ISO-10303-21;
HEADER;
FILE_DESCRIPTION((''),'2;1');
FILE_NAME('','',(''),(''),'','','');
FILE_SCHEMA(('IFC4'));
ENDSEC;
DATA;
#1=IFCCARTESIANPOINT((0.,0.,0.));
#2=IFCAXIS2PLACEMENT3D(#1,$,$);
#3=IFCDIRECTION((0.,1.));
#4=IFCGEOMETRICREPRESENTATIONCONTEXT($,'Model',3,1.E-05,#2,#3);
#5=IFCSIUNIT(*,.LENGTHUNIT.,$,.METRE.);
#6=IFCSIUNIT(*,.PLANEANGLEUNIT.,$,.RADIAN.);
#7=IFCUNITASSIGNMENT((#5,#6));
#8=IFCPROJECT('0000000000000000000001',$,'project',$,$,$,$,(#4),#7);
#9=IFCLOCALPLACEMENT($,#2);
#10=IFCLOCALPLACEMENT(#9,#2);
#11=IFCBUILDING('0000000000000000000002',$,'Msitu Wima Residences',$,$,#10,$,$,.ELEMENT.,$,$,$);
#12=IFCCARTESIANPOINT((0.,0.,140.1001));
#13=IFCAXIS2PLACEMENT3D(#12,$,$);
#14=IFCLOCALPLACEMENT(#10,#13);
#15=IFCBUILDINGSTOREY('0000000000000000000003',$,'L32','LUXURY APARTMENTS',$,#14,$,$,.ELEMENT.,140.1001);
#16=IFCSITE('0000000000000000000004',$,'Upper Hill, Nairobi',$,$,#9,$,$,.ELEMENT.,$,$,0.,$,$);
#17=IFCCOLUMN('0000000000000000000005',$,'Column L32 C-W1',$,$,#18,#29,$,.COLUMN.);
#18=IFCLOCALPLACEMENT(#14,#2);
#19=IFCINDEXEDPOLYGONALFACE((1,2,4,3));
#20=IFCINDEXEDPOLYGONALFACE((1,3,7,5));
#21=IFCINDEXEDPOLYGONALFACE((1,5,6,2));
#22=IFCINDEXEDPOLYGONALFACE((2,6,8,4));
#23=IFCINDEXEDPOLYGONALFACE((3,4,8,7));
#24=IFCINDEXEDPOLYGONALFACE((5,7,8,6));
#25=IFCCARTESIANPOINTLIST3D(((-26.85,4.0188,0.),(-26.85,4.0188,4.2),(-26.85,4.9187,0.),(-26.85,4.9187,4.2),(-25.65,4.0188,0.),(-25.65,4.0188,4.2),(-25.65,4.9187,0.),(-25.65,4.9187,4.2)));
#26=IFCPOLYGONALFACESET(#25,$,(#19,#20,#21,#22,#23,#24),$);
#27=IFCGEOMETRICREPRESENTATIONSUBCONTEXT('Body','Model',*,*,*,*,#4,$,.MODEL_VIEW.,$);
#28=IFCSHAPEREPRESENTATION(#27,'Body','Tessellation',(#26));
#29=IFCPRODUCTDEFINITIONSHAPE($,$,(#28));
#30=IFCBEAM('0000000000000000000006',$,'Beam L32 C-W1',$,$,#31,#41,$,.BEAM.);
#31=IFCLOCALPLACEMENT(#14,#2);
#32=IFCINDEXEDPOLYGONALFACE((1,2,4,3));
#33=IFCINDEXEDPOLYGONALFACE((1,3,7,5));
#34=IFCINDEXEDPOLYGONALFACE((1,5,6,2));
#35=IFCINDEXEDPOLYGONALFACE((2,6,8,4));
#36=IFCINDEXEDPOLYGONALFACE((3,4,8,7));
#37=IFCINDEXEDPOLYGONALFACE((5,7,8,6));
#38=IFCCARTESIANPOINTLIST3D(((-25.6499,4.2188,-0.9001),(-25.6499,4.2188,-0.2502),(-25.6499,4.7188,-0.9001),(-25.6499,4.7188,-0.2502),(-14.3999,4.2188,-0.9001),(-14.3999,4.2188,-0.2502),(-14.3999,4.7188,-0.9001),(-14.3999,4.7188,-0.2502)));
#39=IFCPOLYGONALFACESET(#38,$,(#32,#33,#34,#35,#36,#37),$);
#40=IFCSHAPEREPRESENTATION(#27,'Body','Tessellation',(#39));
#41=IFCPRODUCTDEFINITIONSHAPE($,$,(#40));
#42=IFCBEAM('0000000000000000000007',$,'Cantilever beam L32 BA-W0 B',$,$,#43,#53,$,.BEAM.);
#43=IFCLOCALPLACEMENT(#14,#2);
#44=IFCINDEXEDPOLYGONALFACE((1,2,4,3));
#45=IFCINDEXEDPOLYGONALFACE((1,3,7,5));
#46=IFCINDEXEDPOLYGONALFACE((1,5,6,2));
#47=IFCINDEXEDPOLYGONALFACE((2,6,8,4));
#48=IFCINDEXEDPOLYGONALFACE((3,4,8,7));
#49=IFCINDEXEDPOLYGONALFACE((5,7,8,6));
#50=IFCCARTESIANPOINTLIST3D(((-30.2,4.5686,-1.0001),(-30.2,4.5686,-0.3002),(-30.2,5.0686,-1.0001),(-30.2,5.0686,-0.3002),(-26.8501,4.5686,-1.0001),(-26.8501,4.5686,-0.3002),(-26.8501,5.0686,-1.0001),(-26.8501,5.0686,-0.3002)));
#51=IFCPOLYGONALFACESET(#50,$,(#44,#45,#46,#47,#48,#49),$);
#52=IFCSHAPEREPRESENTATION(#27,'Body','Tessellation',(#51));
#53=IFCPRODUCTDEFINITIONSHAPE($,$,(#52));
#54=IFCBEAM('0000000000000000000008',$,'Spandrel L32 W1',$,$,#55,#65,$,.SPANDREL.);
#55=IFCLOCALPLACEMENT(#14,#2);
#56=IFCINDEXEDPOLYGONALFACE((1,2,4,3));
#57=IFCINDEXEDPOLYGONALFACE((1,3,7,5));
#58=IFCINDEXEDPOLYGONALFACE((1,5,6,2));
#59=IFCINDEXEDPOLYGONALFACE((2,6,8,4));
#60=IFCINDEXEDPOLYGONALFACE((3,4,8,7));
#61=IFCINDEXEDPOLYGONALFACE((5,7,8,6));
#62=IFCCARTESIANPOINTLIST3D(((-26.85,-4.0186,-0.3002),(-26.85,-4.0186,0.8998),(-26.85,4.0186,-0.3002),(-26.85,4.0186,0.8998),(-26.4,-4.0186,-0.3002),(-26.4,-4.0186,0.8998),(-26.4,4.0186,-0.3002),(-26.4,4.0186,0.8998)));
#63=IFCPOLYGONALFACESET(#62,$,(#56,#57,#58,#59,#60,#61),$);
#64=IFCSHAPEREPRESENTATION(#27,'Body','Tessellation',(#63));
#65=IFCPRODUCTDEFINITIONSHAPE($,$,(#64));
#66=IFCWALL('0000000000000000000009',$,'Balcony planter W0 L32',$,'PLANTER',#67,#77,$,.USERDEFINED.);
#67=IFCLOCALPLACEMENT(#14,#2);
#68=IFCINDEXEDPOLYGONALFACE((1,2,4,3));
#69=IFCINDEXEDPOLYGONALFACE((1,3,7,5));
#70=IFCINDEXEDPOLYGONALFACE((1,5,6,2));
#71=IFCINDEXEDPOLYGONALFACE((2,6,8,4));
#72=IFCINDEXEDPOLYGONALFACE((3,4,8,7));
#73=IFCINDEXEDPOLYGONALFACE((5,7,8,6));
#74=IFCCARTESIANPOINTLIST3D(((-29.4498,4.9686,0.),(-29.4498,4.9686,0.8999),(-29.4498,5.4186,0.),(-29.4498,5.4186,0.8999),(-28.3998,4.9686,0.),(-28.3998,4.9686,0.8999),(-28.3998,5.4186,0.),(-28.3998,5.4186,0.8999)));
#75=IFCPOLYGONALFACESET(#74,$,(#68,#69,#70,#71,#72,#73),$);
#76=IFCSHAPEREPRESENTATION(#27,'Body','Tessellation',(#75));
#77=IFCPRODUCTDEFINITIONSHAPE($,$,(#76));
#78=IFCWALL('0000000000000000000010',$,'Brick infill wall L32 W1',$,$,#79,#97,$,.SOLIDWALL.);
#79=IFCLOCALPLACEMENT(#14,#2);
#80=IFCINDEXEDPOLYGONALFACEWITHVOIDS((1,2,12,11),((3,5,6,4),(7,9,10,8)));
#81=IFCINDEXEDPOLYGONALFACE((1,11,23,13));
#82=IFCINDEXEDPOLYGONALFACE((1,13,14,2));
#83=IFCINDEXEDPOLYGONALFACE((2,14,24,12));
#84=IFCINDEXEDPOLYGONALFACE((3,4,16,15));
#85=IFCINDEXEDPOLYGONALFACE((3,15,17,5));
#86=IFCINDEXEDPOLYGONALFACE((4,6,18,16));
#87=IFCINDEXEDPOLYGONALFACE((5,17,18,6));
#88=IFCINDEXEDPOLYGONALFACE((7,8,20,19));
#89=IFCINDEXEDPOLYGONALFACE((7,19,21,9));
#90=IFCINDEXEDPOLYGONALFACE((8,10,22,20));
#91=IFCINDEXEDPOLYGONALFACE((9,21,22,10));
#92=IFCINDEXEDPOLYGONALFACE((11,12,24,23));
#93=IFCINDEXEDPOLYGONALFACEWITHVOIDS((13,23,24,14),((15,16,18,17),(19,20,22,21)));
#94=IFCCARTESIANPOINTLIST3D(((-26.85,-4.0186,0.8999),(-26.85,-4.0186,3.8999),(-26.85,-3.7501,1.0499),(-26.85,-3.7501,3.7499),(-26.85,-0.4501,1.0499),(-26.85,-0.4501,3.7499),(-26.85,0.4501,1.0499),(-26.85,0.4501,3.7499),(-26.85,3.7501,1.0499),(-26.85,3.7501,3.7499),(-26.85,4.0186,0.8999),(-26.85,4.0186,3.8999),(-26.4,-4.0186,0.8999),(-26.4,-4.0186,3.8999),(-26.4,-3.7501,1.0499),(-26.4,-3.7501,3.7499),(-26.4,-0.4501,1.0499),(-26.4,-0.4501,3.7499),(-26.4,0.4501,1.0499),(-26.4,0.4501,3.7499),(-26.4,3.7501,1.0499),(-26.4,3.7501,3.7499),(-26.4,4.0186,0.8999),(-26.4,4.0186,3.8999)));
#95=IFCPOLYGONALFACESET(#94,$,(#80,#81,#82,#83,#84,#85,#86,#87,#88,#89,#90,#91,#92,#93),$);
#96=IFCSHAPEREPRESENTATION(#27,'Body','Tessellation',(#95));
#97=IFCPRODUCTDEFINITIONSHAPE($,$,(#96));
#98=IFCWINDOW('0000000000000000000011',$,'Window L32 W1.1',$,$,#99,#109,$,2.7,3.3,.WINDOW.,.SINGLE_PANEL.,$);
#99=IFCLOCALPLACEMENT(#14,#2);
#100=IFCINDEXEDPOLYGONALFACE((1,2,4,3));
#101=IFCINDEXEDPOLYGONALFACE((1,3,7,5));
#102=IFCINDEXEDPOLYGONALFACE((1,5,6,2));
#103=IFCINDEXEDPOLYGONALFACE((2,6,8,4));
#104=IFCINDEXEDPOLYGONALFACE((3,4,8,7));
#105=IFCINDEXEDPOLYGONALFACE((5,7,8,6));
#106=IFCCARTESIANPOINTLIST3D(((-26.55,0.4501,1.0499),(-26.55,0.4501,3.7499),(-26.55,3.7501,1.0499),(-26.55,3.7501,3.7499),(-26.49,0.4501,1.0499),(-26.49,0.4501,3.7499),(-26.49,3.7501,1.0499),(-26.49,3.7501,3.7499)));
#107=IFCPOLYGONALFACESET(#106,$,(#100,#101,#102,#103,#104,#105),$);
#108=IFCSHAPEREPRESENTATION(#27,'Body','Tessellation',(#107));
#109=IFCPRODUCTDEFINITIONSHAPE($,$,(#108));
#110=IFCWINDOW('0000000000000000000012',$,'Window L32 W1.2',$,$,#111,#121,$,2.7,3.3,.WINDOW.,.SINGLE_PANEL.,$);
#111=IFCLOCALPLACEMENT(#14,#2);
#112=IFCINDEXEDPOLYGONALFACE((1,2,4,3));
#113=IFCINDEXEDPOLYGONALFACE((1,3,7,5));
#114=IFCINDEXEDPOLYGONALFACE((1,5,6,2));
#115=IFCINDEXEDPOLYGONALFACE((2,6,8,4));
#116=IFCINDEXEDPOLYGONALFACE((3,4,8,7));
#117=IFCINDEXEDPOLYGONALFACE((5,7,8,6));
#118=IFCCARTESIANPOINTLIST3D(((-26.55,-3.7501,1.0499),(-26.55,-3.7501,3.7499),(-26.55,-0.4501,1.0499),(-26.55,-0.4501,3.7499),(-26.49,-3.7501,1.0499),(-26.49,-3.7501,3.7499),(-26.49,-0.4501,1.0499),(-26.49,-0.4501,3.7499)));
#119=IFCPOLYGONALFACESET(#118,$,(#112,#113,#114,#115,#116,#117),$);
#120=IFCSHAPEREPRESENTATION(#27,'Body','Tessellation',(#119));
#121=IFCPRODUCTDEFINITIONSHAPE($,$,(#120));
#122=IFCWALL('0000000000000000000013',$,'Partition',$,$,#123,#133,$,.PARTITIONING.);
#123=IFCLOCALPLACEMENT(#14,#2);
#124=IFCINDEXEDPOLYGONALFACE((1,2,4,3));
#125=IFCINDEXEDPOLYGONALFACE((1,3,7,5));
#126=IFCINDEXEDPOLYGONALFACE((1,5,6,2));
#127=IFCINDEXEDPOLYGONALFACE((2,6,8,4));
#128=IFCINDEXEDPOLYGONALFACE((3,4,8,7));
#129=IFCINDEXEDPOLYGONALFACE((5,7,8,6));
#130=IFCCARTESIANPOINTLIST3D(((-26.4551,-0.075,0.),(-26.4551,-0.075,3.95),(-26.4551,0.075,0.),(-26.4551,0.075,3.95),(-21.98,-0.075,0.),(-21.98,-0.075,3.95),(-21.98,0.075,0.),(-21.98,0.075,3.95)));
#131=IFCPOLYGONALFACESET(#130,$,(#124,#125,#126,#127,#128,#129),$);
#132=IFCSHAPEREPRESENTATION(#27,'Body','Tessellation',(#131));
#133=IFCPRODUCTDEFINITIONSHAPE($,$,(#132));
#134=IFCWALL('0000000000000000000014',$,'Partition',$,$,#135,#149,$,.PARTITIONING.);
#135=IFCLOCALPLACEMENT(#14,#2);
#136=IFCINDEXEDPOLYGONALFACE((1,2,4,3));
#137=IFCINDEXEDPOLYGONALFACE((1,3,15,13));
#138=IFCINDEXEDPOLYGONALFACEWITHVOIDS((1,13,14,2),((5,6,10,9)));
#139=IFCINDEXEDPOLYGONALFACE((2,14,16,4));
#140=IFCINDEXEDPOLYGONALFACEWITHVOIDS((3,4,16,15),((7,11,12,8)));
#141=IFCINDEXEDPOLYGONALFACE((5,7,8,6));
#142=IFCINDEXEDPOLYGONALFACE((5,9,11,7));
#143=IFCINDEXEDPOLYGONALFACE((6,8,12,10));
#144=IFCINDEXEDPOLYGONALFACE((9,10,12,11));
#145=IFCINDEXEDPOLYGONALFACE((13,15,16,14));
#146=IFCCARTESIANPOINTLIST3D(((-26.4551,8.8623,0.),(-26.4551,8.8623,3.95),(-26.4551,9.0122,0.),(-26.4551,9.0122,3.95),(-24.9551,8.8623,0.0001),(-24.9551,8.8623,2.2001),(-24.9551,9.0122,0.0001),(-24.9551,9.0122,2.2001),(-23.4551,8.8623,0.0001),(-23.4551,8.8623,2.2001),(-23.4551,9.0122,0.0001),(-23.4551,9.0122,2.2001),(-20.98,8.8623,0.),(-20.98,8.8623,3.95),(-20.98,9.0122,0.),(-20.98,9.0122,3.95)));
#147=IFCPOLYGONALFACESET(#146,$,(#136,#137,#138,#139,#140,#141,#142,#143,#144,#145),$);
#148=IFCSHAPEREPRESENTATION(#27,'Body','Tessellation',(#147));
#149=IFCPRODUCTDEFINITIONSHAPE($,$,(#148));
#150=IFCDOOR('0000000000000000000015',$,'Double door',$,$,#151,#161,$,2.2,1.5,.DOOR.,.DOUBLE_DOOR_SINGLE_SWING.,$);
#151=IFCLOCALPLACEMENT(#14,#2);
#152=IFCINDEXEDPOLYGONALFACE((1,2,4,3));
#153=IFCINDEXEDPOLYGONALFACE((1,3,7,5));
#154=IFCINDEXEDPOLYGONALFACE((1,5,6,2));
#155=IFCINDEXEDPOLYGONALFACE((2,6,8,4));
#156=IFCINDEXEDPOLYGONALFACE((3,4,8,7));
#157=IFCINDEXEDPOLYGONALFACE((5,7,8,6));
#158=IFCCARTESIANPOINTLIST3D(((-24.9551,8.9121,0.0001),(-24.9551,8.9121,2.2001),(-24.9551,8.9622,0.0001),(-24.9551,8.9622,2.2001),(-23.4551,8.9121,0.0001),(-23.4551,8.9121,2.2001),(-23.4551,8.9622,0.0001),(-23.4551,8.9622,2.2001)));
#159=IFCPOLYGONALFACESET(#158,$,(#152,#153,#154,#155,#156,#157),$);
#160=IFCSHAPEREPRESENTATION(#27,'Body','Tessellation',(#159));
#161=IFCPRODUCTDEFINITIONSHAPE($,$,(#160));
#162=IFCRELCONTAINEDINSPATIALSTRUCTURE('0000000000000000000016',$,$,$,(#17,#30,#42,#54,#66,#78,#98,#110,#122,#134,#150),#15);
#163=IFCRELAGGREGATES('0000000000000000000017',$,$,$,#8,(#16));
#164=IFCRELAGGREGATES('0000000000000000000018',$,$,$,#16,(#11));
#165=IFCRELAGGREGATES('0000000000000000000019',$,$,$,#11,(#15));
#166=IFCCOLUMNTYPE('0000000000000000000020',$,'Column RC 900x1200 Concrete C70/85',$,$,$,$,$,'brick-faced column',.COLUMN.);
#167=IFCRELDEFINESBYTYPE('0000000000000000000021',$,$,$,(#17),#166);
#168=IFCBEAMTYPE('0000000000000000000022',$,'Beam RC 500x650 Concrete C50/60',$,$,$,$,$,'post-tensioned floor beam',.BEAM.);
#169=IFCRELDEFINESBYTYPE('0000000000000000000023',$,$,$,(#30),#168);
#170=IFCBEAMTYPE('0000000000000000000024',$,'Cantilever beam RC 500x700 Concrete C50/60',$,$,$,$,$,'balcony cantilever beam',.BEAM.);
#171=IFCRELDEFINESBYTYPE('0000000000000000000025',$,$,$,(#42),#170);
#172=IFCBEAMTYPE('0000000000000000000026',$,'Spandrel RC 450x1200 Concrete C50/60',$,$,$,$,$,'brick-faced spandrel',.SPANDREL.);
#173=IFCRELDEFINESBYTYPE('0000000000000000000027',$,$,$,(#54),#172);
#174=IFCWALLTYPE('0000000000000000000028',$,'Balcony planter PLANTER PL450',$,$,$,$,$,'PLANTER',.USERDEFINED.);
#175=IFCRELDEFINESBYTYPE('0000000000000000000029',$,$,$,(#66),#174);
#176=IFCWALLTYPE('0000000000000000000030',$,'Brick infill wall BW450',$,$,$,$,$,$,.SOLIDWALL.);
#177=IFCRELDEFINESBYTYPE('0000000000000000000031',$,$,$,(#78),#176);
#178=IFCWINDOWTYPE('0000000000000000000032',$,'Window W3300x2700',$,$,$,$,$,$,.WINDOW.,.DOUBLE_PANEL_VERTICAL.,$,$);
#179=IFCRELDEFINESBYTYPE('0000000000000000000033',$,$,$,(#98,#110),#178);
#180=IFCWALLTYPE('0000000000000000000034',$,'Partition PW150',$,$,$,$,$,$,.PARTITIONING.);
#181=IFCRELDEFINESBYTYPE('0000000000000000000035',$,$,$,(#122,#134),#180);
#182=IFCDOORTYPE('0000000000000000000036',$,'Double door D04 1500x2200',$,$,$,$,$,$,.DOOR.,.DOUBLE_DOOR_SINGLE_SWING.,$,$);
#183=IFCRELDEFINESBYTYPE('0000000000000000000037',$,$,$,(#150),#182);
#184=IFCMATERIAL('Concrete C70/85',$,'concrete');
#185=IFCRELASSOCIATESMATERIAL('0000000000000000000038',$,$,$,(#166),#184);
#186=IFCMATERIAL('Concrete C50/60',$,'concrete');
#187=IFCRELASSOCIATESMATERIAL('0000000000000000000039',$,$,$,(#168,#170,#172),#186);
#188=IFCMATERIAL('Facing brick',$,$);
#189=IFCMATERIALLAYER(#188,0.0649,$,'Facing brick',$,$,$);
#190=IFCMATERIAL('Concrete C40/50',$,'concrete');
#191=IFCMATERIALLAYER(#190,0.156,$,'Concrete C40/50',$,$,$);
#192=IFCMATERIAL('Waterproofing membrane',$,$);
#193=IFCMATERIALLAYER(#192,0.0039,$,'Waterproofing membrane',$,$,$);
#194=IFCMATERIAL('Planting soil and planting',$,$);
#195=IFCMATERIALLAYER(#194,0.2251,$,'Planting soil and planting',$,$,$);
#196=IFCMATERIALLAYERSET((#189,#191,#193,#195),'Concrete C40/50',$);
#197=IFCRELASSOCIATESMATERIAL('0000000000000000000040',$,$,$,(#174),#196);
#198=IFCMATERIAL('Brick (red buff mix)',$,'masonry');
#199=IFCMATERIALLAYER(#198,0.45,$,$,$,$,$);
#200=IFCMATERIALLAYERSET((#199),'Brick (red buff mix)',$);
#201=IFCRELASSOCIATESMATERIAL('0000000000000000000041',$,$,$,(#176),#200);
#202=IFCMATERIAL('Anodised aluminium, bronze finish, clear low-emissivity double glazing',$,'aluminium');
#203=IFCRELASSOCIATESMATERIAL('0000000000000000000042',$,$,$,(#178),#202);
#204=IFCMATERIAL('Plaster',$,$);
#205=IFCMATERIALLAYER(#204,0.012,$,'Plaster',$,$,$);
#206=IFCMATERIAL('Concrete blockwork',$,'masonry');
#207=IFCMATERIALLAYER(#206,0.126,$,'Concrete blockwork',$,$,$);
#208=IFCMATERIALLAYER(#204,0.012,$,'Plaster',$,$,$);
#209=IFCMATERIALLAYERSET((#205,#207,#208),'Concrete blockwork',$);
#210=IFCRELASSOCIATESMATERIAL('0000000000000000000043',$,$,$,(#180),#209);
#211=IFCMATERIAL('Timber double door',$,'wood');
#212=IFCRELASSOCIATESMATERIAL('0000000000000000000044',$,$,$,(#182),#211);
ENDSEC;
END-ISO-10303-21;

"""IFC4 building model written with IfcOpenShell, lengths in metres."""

from ifc_helpers import new_model, si_unit, direction, frame, frame_2d, origin, origin_2d, place, context, subcontext, project, spatial, rectangle, extrude, material, layer, layer_set, material_profile, profile_set, type_object, element, fill, save


model = new_model("IFC4")

# Units and contexts
model_context = context("Model", 3, precision=1e-05, world=origin(), true_north=direction((0.0, 1.0)))
body_context = subcontext(model_context, "Body", "Model", "MODEL_VIEW")
ifc_project = project(units=[si_unit("LENGTHUNIT", "METRE"), si_unit("PLANEANGLEUNIT", "RADIAN")], contexts=[model_context])

# Site, building, storey
site_placement = place(None, origin())
site = spatial("IfcSite", under=ifc_project, at=site_placement, Name="Upper Hill, Nairobi", CompositionType="ELEMENT", RefElevation=0.0)
building_placement = place(site_placement, origin())
building = spatial("IfcBuilding", under=site, at=building_placement, Name="Msitu Wima Residences", CompositionType="ELEMENT")
storey_placement = place(building_placement, frame((0.0, 0.0, 140.1001)))
storey = spatial("IfcBuildingStorey", under=building, at=storey_placement, Name="L32", Description="LUXURY APARTMENTS", CompositionType="ELEMENT", Elevation=140.1001)

# Column
ifc_material_1 = material(Name="Concrete C70/85", Category="concrete")
ifc_material_profile_1 = material_profile(ifc_material_1, rectangle(XDim=0.8999, YDim=1.2, at=origin_2d()), Name="RC 900x1200")
ifc_profile_set_1 = profile_set([ifc_material_profile_1], Name="Concrete C70/85")
column_type = type_object("IfcColumnType", Name="Column RC 900x1200 Concrete C70/85", ElementType="brick-faced column", PredefinedType="COLUMN", material=ifc_profile_set_1)
column_placement = place(storey_placement, frame((-26.25, 4.4688, 0.0), z_axis=(0.0, 0.0, 1.0), x_axis=(0.0, -1.0, 0.0)))
element("IfcColumn", 1, at=column_placement, inside=storey, type_object=column_type, Name="Column L32 C-W1", PredefinedType="COLUMN", context=body_context, shape_type="SweptSolid", body=[
    extrude(rectangle(XDim=0.8999, YDim=1.2, at=origin_2d()), origin(), (0.0, 0.0, 1.0), 4.2),
])

# Beams
ifc_material_2 = material(Name="Concrete C50/60", Category="concrete")
ifc_material_profile_2 = material_profile(ifc_material_2, rectangle(XDim=0.5, YDim=0.6499, at=origin_2d()), Name="RC 500x650")
ifc_profile_set_2 = profile_set([ifc_material_profile_2], Name="Concrete C50/60")
beam_type_1 = type_object("IfcBeamType", Name="Beam RC 500x650 Concrete C50/60", ElementType="post-tensioned floor beam", PredefinedType="BEAM", material=ifc_profile_set_2)
beam_1_placement = place(storey_placement, frame((-25.6499, 4.4688, -0.5752), z_axis=(1.0, 0.0, 0.0), x_axis=(0.0, 1.0, 0.0)))
element("IfcBeam", 2, at=beam_1_placement, inside=storey, type_object=beam_type_1, Name="Beam L32 C-W1", PredefinedType="BEAM", context=body_context, shape_type="SweptSolid", body=[
    extrude(rectangle(XDim=0.5, YDim=0.6499, at=origin_2d()), origin(), (0.0, 0.0, 1.0), 11.25),
])
ifc_material_profile_3 = material_profile(ifc_material_2, rectangle(XDim=0.5, YDim=0.7, at=origin_2d()), Name="RC 500x700")
ifc_profile_set_3 = profile_set([ifc_material_profile_3], Name="Concrete C50/60")
beam_type_2 = type_object("IfcBeamType", Name="Cantilever beam RC 500x700 Concrete C50/60", ElementType="balcony cantilever beam", PredefinedType="BEAM", material=ifc_profile_set_3)
beam_2_placement = place(storey_placement, frame((-26.8501, 4.8186, -0.6501), z_axis=(-1.0, 0.0, 0.0), x_axis=(0.0, -1.0, 0.0)))
element("IfcBeam", 3, at=beam_2_placement, inside=storey, type_object=beam_type_2, Name="Cantilever beam L32 BA-W0 B", PredefinedType="BEAM", context=body_context, shape_type="SweptSolid", body=[
    extrude(rectangle(XDim=0.5, YDim=0.7, at=origin_2d()), origin(), (0.0, 0.0, 1.0), 3.3499),
])
ifc_material_profile_4 = material_profile(ifc_material_2, rectangle(XDim=0.45, YDim=1.2, at=origin_2d()), Name="RC 450x1200")
ifc_profile_set_4 = profile_set([ifc_material_profile_4], Name="Concrete C50/60")
beam_type_3 = type_object("IfcBeamType", Name="Spandrel RC 450x1200 Concrete C50/60", ElementType="brick-faced spandrel", PredefinedType="SPANDREL", material=ifc_profile_set_4)
beam_3_placement = place(storey_placement, frame((-26.625, 4.0186, 0.2998), z_axis=(0.0, -1.0, 0.0), x_axis=(1.0, 0.0, 0.0)))
element("IfcBeam", 4, at=beam_3_placement, inside=storey, type_object=beam_type_3, Name="Spandrel L32 W1", PredefinedType="SPANDREL", context=body_context, shape_type="SweptSolid", body=[
    extrude(rectangle(XDim=0.45, YDim=1.2, at=origin_2d()), origin(), (0.0, 0.0, 1.0), 8.0371),
])

# Wall
ifc_material_3 = material(Name="Facing brick")
ifc_layer_1 = layer(ifc_material_3, 0.0649, Name="Facing brick")
ifc_material_4 = material(Name="Concrete C40/50", Category="concrete")
ifc_layer_2 = layer(ifc_material_4, 0.156, Name="Concrete C40/50")
ifc_material_5 = material(Name="Waterproofing membrane")
ifc_layer_3 = layer(ifc_material_5, 0.0039, Name="Waterproofing membrane")
ifc_material_6 = material(Name="Planting soil and planting")
ifc_layer_4 = layer(ifc_material_6, 0.2251, Name="Planting soil and planting")
ifc_layer_set_1 = layer_set([ifc_layer_1, ifc_layer_2, ifc_layer_3, ifc_layer_4], Name="Concrete C40/50")
wall_type_1 = type_object("IfcWallType", Name="Balcony planter PLANTER PL450", ElementType="PLANTER", PredefinedType="USERDEFINED", material=ifc_layer_set_1)
wall_1_placement = place(storey_placement, frame((-28.3999, 5.1936, 0.0), z_axis=(0.0, 0.0, 1.0), x_axis=(-1.0, 0.0, 0.0)))
element("IfcWall", 5, at=wall_1_placement, inside=storey, type_object=wall_type_1, Name="Balcony planter W0 L32", ObjectType="PLANTER", PredefinedType="USERDEFINED", context=body_context, shape_type="SweptSolid", body=[
    extrude(rectangle(XDim=1.05, YDim=0.45, at=frame_2d((0.5249, 0.0))), origin(), (0.0, 0.0, 1.0), 0.8999),
])

# Wall, openings, windows
ifc_material_7 = material(Name="Brick (red buff mix)", Category="masonry")
ifc_layer_5 = layer(ifc_material_7, 0.45)
ifc_layer_set_2 = layer_set([ifc_layer_5], Name="Brick (red buff mix)")
wall_type_2 = type_object("IfcWallType", Name="Brick infill wall BW450", PredefinedType="SOLIDWALL", material=ifc_layer_set_2)
wall_2_placement = place(storey_placement, frame((-26.625, 4.0186, 0.8999), z_axis=(0.0, 0.0, 1.0), x_axis=(0.0, -1.0, 0.0)))
wall_2 = element("IfcWall", 6, at=wall_2_placement, inside=storey, type_object=wall_type_2, Name="Brick infill wall L32 W1", PredefinedType="SOLIDWALL", context=body_context, shape_type="SweptSolid", body=[
    extrude(rectangle(XDim=8.0371, YDim=0.45, at=frame_2d((4.0186, 0.0))), origin(), (0.0, 0.0, 1.0), 3.0),
])
opening_1_placement = place(wall_2_placement, frame((0.2686, 0.0, 0.1499)))
opening_1 = element("IfcOpeningElement", 7, at=opening_1_placement, cuts=wall_2, PredefinedType="OPENING", context=body_context, shape_type="SweptSolid", body=[
    extrude(rectangle(XDim=3.3, YDim=2.7, at=frame_2d((1.6499, 1.3501))), frame((0.0, 0.2349, 0.0), z_axis=(0.0, -1.0, 0.0), x_axis=(1.0, 0.0, 0.0)), (0.0, 0.0, 1.0), 0.47),
])
opening_2_placement = place(wall_2_placement, frame((4.4688, 0.0, 0.1499)))
opening_2 = element("IfcOpeningElement", 8, at=opening_2_placement, cuts=wall_2, PredefinedType="OPENING", context=body_context, shape_type="SweptSolid", body=[
    extrude(rectangle(XDim=3.3, YDim=2.7, at=frame_2d((1.6499, 1.3501))), frame((0.0, 0.2349, 0.0), z_axis=(0.0, -1.0, 0.0), x_axis=(1.0, 0.0, 0.0)), (0.0, 0.0, 1.0), 0.47),
])
ifc_material_8 = material(Name="Anodised aluminium, bronze finish, clear low-emissivity double glazing", Category="aluminium")
window_type = type_object("IfcWindowType", Name="Window W3300x2700", PartitioningType="DOUBLE_PANEL_VERTICAL", PredefinedType="WINDOW", material=ifc_material_8)
window_1_placement = place(opening_1_placement, origin())
window_1 = element("IfcWindow", 9, at=window_1_placement, inside=storey, type_object=window_type, Name="Window L32 W1.1", OverallHeight=2.7, OverallWidth=3.3, PartitioningType="SINGLE_PANEL", PredefinedType="WINDOW", context=body_context, shape_type="SweptSolid", body=[
    extrude(rectangle(XDim=3.3, YDim=2.7, at=frame_2d((1.6499, 1.3501))), frame((0.0, 0.135, 0.0), z_axis=(0.0, -1.0, 0.0), x_axis=(1.0, 0.0, 0.0)), (0.0, 0.0, 1.0), 0.0601),
])
fill(opening_1, window_1)
window_2_placement = place(opening_2_placement, origin())
window_2 = element("IfcWindow", 10, at=window_2_placement, inside=storey, type_object=window_type, Name="Window L32 W1.2", OverallHeight=2.7, OverallWidth=3.3, PartitioningType="SINGLE_PANEL", PredefinedType="WINDOW", context=body_context, shape_type="SweptSolid", body=[
    extrude(rectangle(XDim=3.3, YDim=2.7, at=frame_2d((1.6499, 1.3501))), frame((0.0, 0.135, 0.0), z_axis=(0.0, -1.0, 0.0), x_axis=(1.0, 0.0, 0.0)), (0.0, 0.0, 1.0), 0.0601),
])
fill(opening_2, window_2)

# Wall
ifc_material_9 = material(Name="Plaster")
ifc_layer_6 = layer(ifc_material_9, 0.012, Name="Plaster")
ifc_material_10 = material(Name="Concrete blockwork", Category="masonry")
ifc_layer_7 = layer(ifc_material_10, 0.126, Name="Concrete blockwork")
ifc_layer_8 = layer(ifc_material_9, 0.012, Name="Plaster")
ifc_layer_set_3 = layer_set([ifc_layer_6, ifc_layer_7, ifc_layer_8], Name="Concrete blockwork")
wall_type_3 = type_object("IfcWallType", Name="Partition PW150", PredefinedType="PARTITIONING", material=ifc_layer_set_3)
wall_3_placement = place(storey_placement, frame((-26.4551, 0.0, 0.0), z_axis=(0.0, 0.0, 1.0), x_axis=(1.0, 0.0, 0.0)))
element("IfcWall", 11, at=wall_3_placement, inside=storey, type_object=wall_type_3, Name="Partition", PredefinedType="PARTITIONING", context=body_context, shape_type="SweptSolid", body=[
    extrude(rectangle(XDim=4.4751, YDim=0.1499, at=frame_2d((2.2375, 0.0))), origin(), (0.0, 0.0, 1.0), 3.95),
])

# Wall, opening, door
wall_4_placement = place(storey_placement, frame((-26.4551, 8.9373, 0.0), z_axis=(0.0, 0.0, 1.0), x_axis=(1.0, 0.0, 0.0)))
wall_4 = element("IfcWall", 12, at=wall_4_placement, inside=storey, type_object=wall_type_3, Name="Partition", PredefinedType="PARTITIONING", context=body_context, shape_type="SweptSolid", body=[
    extrude(rectangle(XDim=5.4751, YDim=0.1499, at=frame_2d((2.7375, 0.0))), origin(), (0.0, 0.0, 1.0), 3.95),
])
opening_3_placement = place(wall_4_placement, frame((1.5, 0.0, 0.0)))
opening_3 = element("IfcOpeningElement", 13, at=opening_3_placement, cuts=wall_4, PredefinedType="OPENING", context=body_context, shape_type="SweptSolid", body=[
    extrude(rectangle(XDim=1.5, YDim=2.2, at=frame_2d((0.75, 1.1001))), frame((0.0, 0.085, 0.0), z_axis=(0.0, -1.0, 0.0), x_axis=(1.0, 0.0, 0.0)), (0.0, 0.0, 1.0), 0.1699),
])
ifc_material_11 = material(Name="Timber double door", Category="wood")
door_type_1 = type_object("IfcDoorType", Name="Double door D04 1500x2200", OperationType="DOUBLE_DOOR_SINGLE_SWING", PredefinedType="DOOR", material=ifc_material_11)
door_1_placement = place(opening_3_placement, origin())
door_1 = element("IfcDoor", 14, at=door_1_placement, inside=storey, type_object=door_type_1, Name="Double door", OperationType="DOUBLE_DOOR_SINGLE_SWING", OverallHeight=2.2, OverallWidth=1.5, PredefinedType="DOOR", context=body_context, shape_type="SweptSolid", body=[
    extrude(rectangle(XDim=1.5, YDim=2.2, at=frame_2d((0.75, 1.1001))), frame((0.0, 0.0249, 0.0), z_axis=(0.0, -1.0, 0.0), x_axis=(1.0, 0.0, 0.0)), (0.0, 0.0, 1.0), 0.05),
])
fill(opening_3, door_1)

save(model, "model.ifc")
